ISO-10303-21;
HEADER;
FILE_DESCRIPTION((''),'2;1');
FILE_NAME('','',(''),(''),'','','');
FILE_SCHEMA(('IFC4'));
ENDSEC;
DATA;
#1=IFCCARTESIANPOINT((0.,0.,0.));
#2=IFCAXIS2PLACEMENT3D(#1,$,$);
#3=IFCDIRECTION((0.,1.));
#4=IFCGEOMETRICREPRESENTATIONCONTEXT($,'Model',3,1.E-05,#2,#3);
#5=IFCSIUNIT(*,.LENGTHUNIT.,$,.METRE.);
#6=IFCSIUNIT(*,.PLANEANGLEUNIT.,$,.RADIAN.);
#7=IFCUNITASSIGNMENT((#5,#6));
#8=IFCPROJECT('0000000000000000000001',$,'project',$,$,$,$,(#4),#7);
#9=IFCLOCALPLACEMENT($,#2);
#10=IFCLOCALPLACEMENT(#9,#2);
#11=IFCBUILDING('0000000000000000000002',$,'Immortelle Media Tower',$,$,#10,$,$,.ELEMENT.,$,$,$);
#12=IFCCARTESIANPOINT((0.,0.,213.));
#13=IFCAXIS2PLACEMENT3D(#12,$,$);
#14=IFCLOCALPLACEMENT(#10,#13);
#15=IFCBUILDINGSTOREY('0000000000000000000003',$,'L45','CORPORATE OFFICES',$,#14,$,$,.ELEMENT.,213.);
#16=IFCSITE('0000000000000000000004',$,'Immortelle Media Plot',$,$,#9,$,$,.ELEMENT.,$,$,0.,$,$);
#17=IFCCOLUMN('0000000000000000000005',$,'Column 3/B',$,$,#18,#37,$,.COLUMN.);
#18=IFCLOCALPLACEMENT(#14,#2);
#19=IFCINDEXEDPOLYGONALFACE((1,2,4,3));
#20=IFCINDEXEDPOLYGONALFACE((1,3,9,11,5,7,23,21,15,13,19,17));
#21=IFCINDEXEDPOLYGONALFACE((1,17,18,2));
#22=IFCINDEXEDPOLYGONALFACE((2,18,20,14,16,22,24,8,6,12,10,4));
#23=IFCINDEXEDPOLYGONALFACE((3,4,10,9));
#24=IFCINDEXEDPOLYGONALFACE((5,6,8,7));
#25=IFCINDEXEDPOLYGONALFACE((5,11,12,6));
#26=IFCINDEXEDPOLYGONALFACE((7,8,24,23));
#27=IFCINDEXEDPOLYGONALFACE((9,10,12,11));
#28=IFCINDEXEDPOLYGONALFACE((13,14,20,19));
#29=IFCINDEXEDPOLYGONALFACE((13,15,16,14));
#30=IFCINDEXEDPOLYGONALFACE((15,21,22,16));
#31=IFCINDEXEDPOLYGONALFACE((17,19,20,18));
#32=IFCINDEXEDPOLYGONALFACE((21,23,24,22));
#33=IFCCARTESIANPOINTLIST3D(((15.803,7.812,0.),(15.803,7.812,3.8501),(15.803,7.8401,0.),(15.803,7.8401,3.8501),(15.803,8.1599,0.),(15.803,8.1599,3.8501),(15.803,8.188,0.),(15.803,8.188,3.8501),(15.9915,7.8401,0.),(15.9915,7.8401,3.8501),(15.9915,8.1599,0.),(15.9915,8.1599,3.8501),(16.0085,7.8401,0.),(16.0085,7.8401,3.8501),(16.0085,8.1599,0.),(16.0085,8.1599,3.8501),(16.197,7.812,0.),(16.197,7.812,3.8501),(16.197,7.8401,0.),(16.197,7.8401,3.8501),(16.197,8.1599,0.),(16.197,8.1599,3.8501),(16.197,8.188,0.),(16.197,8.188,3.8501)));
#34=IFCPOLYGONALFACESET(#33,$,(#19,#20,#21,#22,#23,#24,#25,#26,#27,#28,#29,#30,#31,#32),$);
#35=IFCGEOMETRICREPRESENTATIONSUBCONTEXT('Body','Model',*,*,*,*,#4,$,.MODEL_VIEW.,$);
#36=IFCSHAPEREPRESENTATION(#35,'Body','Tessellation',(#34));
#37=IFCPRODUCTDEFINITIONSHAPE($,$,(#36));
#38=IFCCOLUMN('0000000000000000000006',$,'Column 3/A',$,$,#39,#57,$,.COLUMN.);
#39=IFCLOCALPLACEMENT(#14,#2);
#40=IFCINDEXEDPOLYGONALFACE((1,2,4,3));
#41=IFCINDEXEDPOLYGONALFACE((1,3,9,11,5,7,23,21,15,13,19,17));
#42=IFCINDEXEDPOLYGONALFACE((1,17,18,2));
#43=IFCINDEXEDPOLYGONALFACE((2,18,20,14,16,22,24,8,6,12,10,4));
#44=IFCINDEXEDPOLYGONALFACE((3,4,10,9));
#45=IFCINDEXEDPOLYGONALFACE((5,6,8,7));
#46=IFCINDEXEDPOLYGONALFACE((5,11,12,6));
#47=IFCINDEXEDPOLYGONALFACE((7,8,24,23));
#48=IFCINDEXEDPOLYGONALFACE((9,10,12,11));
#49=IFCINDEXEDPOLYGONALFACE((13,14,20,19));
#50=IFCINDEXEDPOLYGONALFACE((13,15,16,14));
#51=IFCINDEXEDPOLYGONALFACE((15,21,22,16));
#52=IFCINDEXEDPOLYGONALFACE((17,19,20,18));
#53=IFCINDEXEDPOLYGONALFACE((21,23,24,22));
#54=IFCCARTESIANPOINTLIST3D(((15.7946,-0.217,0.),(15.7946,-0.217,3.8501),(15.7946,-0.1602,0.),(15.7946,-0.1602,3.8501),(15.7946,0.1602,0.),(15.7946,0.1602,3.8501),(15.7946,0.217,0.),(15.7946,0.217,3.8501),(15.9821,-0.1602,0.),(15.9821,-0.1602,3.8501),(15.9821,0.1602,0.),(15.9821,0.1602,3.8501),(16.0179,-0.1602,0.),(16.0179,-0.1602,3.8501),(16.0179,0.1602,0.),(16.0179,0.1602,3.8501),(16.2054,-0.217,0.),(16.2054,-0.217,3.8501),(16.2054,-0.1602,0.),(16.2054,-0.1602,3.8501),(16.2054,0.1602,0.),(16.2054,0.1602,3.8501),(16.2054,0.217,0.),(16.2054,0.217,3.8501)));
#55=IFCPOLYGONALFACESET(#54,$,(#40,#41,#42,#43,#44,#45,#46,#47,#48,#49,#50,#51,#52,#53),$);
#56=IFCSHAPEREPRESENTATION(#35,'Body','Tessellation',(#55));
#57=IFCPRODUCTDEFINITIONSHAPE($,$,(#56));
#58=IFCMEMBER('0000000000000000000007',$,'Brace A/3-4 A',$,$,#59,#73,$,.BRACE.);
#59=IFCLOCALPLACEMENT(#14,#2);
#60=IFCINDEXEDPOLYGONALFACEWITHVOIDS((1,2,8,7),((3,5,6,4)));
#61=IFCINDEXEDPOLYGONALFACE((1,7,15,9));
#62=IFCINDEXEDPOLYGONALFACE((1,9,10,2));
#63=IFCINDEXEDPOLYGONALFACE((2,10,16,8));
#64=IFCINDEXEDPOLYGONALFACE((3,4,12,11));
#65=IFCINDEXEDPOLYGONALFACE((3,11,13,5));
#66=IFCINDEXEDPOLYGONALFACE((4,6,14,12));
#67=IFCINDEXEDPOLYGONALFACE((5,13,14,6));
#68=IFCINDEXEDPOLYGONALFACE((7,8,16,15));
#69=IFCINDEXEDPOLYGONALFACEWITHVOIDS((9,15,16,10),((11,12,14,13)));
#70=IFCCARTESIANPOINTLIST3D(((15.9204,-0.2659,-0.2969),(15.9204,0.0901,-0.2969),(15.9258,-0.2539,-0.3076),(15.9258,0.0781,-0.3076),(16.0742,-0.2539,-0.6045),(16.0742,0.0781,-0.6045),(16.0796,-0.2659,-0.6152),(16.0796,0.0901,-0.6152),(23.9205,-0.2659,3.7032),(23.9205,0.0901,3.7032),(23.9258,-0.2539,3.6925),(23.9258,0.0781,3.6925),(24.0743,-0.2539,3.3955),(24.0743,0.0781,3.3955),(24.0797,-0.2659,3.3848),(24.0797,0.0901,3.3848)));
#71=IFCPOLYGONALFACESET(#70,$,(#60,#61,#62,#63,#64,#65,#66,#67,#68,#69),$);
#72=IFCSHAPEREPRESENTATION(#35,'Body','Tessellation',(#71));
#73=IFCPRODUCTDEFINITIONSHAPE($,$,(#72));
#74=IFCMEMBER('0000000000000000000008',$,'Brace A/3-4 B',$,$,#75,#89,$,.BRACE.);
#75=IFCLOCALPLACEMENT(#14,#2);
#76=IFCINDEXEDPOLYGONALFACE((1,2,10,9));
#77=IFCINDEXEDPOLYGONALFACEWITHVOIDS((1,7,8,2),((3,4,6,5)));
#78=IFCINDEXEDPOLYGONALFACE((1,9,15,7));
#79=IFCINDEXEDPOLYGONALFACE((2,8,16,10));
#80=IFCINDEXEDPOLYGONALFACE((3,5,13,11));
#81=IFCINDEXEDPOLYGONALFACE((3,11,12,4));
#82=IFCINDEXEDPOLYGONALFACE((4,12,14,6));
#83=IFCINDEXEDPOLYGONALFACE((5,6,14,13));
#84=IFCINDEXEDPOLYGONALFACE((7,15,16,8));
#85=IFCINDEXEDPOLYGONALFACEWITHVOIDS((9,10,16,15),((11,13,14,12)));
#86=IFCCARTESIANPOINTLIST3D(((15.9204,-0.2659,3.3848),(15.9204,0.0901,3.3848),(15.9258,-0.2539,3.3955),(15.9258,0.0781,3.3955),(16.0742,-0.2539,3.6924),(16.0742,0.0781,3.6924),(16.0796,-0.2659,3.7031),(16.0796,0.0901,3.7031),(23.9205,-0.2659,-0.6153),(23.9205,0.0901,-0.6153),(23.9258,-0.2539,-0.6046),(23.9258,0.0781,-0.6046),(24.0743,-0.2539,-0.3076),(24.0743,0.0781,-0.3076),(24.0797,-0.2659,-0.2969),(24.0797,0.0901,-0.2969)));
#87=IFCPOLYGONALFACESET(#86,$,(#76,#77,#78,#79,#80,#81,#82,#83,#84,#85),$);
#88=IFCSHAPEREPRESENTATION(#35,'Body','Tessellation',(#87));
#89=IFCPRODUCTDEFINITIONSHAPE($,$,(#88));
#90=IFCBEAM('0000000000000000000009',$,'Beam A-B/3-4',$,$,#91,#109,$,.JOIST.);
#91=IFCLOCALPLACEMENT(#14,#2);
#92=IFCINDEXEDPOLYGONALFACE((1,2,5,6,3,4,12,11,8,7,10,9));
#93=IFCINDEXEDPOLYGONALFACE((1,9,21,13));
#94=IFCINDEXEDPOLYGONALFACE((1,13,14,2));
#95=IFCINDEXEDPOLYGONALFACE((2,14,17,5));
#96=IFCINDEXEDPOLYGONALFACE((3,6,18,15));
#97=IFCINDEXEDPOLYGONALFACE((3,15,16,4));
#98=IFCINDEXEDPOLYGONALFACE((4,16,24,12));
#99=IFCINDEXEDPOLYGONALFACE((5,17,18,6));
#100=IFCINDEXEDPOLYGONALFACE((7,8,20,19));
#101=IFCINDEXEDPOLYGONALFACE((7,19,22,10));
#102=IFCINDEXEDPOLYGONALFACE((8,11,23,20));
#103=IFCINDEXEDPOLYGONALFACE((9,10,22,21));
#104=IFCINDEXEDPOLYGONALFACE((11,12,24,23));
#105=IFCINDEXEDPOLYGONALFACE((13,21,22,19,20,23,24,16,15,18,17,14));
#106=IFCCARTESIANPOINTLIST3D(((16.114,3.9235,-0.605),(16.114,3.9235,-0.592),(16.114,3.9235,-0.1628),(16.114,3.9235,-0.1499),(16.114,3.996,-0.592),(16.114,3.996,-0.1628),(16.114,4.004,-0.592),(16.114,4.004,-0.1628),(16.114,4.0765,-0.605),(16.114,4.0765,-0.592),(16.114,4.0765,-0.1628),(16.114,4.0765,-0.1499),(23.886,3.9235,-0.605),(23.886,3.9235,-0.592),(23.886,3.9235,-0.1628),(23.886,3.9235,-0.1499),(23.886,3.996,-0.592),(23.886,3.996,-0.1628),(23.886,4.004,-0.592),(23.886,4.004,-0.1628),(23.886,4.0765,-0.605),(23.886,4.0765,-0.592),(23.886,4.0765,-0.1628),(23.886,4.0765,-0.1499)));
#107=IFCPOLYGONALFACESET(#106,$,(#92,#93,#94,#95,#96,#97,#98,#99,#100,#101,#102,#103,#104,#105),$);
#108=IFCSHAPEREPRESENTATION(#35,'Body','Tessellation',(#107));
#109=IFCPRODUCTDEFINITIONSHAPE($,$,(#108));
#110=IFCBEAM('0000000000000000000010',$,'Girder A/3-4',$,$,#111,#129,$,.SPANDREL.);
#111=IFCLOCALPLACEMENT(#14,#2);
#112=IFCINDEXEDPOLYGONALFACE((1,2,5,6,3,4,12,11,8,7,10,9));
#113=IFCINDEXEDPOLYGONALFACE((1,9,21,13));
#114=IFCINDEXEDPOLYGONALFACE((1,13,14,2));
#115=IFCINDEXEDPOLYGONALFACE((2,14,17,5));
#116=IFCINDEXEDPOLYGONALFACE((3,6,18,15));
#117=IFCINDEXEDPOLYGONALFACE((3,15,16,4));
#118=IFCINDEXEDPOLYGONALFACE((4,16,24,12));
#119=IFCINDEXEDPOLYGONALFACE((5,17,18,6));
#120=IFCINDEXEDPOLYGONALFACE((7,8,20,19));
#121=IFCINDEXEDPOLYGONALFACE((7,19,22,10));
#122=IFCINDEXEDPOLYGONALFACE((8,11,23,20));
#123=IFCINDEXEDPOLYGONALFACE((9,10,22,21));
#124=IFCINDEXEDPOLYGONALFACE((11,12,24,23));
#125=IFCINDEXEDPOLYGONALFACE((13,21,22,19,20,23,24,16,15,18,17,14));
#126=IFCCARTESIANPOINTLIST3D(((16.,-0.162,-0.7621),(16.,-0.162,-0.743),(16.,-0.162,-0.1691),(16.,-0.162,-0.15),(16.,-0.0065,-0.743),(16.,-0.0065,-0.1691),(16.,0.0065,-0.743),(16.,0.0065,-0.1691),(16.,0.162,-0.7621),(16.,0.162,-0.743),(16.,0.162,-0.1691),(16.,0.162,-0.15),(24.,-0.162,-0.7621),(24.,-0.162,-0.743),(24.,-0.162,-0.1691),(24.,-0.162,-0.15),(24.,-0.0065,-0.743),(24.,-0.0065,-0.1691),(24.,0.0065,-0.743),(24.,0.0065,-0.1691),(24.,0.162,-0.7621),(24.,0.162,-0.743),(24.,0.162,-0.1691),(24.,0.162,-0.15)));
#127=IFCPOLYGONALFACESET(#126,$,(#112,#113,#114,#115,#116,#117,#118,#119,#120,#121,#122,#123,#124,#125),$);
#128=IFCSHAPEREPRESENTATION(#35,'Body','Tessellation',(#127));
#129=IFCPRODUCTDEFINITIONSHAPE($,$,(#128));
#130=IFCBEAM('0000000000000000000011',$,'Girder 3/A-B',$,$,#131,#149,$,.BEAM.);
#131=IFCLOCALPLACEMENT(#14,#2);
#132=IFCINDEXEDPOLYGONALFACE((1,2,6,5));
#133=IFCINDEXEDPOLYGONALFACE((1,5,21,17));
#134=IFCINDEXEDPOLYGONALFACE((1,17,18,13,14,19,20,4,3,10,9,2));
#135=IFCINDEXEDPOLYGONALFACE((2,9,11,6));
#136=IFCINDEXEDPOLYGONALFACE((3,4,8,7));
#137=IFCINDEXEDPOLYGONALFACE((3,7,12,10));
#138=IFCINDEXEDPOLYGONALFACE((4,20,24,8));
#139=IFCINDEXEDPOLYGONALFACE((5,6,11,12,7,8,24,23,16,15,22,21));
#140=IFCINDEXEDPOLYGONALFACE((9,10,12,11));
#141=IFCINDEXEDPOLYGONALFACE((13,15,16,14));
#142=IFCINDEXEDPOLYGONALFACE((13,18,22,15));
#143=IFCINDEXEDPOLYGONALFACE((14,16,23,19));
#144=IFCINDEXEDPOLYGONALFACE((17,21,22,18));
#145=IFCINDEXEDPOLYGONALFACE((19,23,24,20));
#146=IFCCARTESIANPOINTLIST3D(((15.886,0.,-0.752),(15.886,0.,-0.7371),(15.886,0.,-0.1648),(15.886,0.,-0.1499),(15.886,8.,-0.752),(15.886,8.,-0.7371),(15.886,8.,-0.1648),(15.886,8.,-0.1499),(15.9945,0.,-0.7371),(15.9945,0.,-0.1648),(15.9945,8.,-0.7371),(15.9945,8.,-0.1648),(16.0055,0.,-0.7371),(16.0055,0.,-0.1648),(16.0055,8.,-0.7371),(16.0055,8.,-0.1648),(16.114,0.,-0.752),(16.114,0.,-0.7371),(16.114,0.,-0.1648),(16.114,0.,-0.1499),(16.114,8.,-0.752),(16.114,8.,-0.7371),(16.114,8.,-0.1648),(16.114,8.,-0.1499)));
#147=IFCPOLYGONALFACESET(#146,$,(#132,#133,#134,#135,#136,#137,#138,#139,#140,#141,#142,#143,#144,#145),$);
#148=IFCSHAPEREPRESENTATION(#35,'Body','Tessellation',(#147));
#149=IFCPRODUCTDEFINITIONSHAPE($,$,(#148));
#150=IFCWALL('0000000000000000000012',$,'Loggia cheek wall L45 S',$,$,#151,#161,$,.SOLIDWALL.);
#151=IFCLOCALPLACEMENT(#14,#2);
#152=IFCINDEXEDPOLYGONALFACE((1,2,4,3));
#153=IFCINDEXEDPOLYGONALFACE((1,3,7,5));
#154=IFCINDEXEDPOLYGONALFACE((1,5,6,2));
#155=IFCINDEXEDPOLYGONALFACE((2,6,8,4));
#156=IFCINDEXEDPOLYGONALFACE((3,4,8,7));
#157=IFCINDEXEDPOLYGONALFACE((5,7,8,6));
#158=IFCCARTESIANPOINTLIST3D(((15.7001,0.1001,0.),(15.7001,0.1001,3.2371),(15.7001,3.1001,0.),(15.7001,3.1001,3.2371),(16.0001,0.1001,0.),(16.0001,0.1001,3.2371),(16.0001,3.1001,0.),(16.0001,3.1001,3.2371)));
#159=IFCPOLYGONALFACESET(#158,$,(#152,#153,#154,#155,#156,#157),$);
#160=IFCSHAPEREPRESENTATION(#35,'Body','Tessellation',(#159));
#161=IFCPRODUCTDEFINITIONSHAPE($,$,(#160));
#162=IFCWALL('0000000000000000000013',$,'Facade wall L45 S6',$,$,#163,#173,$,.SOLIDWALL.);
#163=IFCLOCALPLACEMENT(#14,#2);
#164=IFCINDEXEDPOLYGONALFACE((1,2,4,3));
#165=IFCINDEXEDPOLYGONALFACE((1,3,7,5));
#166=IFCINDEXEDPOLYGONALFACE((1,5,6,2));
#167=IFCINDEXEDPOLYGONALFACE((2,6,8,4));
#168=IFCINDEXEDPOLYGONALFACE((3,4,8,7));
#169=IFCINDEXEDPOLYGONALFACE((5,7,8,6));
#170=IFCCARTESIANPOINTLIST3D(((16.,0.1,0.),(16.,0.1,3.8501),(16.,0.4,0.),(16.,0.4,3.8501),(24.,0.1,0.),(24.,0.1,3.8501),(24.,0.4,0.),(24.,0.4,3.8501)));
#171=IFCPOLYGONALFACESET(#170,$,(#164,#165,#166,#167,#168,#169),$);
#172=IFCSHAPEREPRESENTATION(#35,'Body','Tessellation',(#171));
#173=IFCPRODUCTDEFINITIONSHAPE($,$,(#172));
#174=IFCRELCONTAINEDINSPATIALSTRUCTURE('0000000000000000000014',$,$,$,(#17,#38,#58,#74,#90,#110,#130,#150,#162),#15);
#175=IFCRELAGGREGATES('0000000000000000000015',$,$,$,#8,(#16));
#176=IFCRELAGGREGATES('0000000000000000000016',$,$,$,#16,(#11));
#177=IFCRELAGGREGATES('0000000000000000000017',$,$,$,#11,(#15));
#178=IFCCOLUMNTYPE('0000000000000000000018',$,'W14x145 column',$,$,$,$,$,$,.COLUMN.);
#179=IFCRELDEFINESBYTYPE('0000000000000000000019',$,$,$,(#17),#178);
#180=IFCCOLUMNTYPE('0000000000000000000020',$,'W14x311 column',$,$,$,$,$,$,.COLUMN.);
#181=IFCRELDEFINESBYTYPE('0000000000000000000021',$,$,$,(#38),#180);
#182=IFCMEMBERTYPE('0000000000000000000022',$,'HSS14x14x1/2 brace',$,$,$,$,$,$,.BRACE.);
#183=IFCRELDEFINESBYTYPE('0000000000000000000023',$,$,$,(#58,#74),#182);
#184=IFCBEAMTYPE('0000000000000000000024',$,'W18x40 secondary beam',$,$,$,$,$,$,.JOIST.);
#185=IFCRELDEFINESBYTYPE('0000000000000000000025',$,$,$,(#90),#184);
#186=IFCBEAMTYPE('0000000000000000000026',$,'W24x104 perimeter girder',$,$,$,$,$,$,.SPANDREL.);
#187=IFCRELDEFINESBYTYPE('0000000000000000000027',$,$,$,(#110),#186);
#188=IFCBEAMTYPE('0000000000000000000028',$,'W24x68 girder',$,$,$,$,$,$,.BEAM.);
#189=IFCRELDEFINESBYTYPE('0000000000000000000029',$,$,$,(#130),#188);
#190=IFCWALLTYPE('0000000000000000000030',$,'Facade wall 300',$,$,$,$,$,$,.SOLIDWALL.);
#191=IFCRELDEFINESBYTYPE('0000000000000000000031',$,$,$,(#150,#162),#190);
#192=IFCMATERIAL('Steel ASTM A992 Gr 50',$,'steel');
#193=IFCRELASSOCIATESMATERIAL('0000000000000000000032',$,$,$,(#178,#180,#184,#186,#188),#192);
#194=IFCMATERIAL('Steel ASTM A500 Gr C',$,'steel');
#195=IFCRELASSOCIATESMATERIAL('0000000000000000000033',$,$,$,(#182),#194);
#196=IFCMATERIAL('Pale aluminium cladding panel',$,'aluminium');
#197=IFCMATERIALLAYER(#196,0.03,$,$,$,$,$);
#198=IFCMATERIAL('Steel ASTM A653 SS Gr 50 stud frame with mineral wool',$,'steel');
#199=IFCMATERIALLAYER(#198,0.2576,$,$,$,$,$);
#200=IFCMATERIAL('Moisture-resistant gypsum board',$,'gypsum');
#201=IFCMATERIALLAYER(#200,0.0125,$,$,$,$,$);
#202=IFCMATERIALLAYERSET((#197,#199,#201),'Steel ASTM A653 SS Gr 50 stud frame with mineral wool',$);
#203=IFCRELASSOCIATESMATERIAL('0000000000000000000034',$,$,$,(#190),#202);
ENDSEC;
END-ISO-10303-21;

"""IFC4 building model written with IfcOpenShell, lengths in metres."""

from ifc_helpers import new_model, si_unit, direction, frame, frame_2d, origin, origin_2d, place, context, subcontext, project, spatial, rectangle, hollow_rectangle, i_section, extrude, material, layer, layer_set, material_profile, profile_set, type_object, element, save


model = new_model("IFC4")

# Units and contexts
model_context = context("Model", 3, precision=1e-05, world=origin(), true_north=direction((0.0, 1.0)))
body_context = subcontext(model_context, "Body", "Model", "MODEL_VIEW")
ifc_project = project(units=[si_unit("LENGTHUNIT", "METRE"), si_unit("PLANEANGLEUNIT", "RADIAN")], contexts=[model_context])

# Site, building, storey
site_placement = place(None, origin())
site = spatial("IfcSite", under=ifc_project, at=site_placement, Name="Immortelle Media Plot", CompositionType="ELEMENT", RefElevation=0.0)
building_placement = place(site_placement, origin())
building = spatial("IfcBuilding", under=site, at=building_placement, Name="Immortelle Media Tower", CompositionType="ELEMENT")
storey_placement = place(building_placement, frame((0.0, 0.0, 213.0)))
storey = spatial("IfcBuildingStorey", under=building, at=storey_placement, Name="L45", Description="CORPORATE OFFICES", CompositionType="ELEMENT", Elevation=213.0)

# Columns
ifc_material_1 = material(Name="Steel ASTM A992 Gr 50", Category="steel")
ifc_material_profile_1 = material_profile(ifc_material_1, i_section(OverallWidth=0.394, OverallDepth=0.376, WebThickness=0.0171, FlangeThickness=0.0281, at=origin_2d()), Name="W14x145")
ifc_profile_set_1 = profile_set([ifc_material_profile_1], Name="Steel ASTM A992 Gr 50")
column_type_1 = type_object("IfcColumnType", Name="W14x145 column", PredefinedType="COLUMN", material=ifc_profile_set_1)
column_1_placement = place(storey_placement, frame((16.0, 8.0, 0.0), z_axis=(0.0, 0.0, 1.0), x_axis=(1.0, 0.0, 0.0)))
element("IfcColumn", 1, at=column_1_placement, inside=storey, type_object=column_type_1, Name="Column 3/B", PredefinedType="COLUMN", context=body_context, shape_type="SweptSolid", body=[
    extrude(i_section(OverallWidth=0.394, OverallDepth=0.376, WebThickness=0.0171, FlangeThickness=0.0281, at=origin_2d()), origin(), (0.0, 0.0, 1.0), 3.8501),
])
ifc_material_profile_2 = material_profile(ifc_material_1, i_section(OverallWidth=0.4109, OverallDepth=0.4341, WebThickness=0.0359, FlangeThickness=0.0569, at=origin_2d()), Name="W14x311")
ifc_profile_set_2 = profile_set([ifc_material_profile_2], Name="Steel ASTM A992 Gr 50")
column_type_2 = type_object("IfcColumnType", Name="W14x311 column", PredefinedType="COLUMN", material=ifc_profile_set_2)
column_2_placement = place(storey_placement, frame((16.0, 0.0, 0.0), z_axis=(0.0, 0.0, 1.0), x_axis=(1.0, 0.0, 0.0)))
element("IfcColumn", 2, at=column_2_placement, inside=storey, type_object=column_type_2, Name="Column 3/A", PredefinedType="COLUMN", context=body_context, shape_type="SweptSolid", body=[
    extrude(i_section(OverallWidth=0.4109, OverallDepth=0.4341, WebThickness=0.0359, FlangeThickness=0.0569, at=origin_2d()), origin(), (0.0, 0.0, 1.0), 3.8501),
])

# Members
ifc_material_2 = material(Name="Steel ASTM A500 Gr C", Category="steel")
ifc_material_profile_3 = material_profile(ifc_material_2, hollow_rectangle(XDim=0.356, YDim=0.356, WallThickness=0.012, at=origin_2d()), Name="HSS14x14x1/2 brace")
ifc_profile_set_3 = profile_set([ifc_material_profile_3], Name="Steel ASTM A500 Gr C")
member_type = type_object("IfcMemberType", Name="HSS14x14x1/2 brace", PredefinedType="BRACE", material=ifc_profile_set_3)
for number, where, z_axis, x_axis, name in (
    (3, (16.0, -0.0879, -0.4561), (0.894427, 0.0, 0.447214), (0.0, 1.0, 0.0), "Brace A/3-4 A"),
    (4, (16.0, -0.0879, 3.5439), (0.894427, 0.0, -0.447214), (0.0, 1.0, 0.0), "Brace A/3-4 B"),
):
    element("IfcMember", number, at=place(storey_placement, frame(where, z_axis=z_axis, x_axis=x_axis)), inside=storey, type_object=member_type, Name=name, PredefinedType="BRACE", context=body_context, shape_type="SweptSolid", body=[
        extrude(hollow_rectangle(XDim=0.356, YDim=0.356, WallThickness=0.012, at=origin_2d()), origin(), (0.0, 0.0, 1.0), 8.9443),
    ])

# Beams
ifc_material_profile_4 = material_profile(ifc_material_1, i_section(OverallWidth=0.1531, OverallDepth=0.4551, WebThickness=0.0081, FlangeThickness=0.0129, at=origin_2d()), Name="W18x40")
ifc_profile_set_4 = profile_set([ifc_material_profile_4], Name="Steel ASTM A992 Gr 50")
beam_type_1 = type_object("IfcBeamType", Name="W18x40 secondary beam", PredefinedType="JOIST", material=ifc_profile_set_4)
beam_1_placement = place(storey_placement, frame((16.114, 4.0, -0.3774), z_axis=(1.0, 0.0, 0.0), x_axis=(0.0, 1.0, 0.0)))
element("IfcBeam", 5, at=beam_1_placement, inside=storey, type_object=beam_type_1, Name="Beam A-B/3-4", PredefinedType="JOIST", context=body_context, shape_type="SweptSolid", body=[
    extrude(i_section(OverallWidth=0.1531, OverallDepth=0.4551, WebThickness=0.0081, FlangeThickness=0.0129, at=origin_2d()), origin(), (0.0, 0.0, 1.0), 7.772),
])
ifc_material_profile_5 = material_profile(ifc_material_1, i_section(OverallWidth=0.324, OverallDepth=0.6121, WebThickness=0.0129, FlangeThickness=0.019, at=origin_2d()), Name="W24x104")
ifc_profile_set_5 = profile_set([ifc_material_profile_5], Name="Steel ASTM A992 Gr 50")
beam_type_2 = type_object("IfcBeamType", Name="W24x104 perimeter girder", PredefinedType="SPANDREL", material=ifc_profile_set_5)
beam_2_placement = place(storey_placement, frame((16.0, 0.0, -0.4561), z_axis=(1.0, 0.0, 0.0), x_axis=(0.0, 1.0, 0.0)))
element("IfcBeam", 6, at=beam_2_placement, inside=storey, type_object=beam_type_2, Name="Girder A/3-4", PredefinedType="SPANDREL", context=body_context, shape_type="SweptSolid", body=[
    extrude(i_section(OverallWidth=0.324, OverallDepth=0.6121, WebThickness=0.0129, FlangeThickness=0.019, at=origin_2d()), origin(), (0.0, 0.0, 1.0), 8.0),
])
ifc_material_profile_6 = material_profile(ifc_material_1, i_section(OverallWidth=0.228, OverallDepth=0.6021, WebThickness=0.011, FlangeThickness=0.0149, at=origin_2d()), Name="W24x68")
ifc_profile_set_6 = profile_set([ifc_material_profile_6], Name="Steel ASTM A992 Gr 50")
beam_type_3 = type_object("IfcBeamType", Name="W24x68 girder", PredefinedType="BEAM", material=ifc_profile_set_6)
beam_3_placement = place(storey_placement, frame((16.0, 0.0, -0.4509), z_axis=(0.0, 1.0, 0.0), x_axis=(-1.0, 0.0, 0.0)))
element("IfcBeam", 7, at=beam_3_placement, inside=storey, type_object=beam_type_3, Name="Girder 3/A-B", PredefinedType="BEAM", context=body_context, shape_type="SweptSolid", body=[
    extrude(i_section(OverallWidth=0.228, OverallDepth=0.6021, WebThickness=0.011, FlangeThickness=0.0149, at=origin_2d()), origin(), (0.0, 0.0, 1.0), 8.0),
])

# Shared definitions
ifc_material_3 = material(Name="Pale aluminium cladding panel", Category="aluminium")
ifc_layer_1 = layer(ifc_material_3, 0.03)
ifc_material_4 = material(Name="Steel ASTM A653 SS Gr 50 stud frame with mineral wool", Category="steel")
ifc_layer_2 = layer(ifc_material_4, 0.2576)
ifc_material_5 = material(Name="Moisture-resistant gypsum board", Category="gypsum")
ifc_layer_3 = layer(ifc_material_5, 0.0125)
ifc_layer_set_1 = layer_set([ifc_layer_1, ifc_layer_2, ifc_layer_3], Name="Steel ASTM A653 SS Gr 50 stud frame with mineral wool")
wall_type_1 = type_object("IfcWallType", Name="Facade wall 300", PredefinedType="SOLIDWALL", material=ifc_layer_set_1)

# Walls
wall_1_placement = place(storey_placement, frame((15.8501, 0.1001, 0.0), z_axis=(0.0, 0.0, 1.0), x_axis=(0.0, 1.0, 0.0)))
element("IfcWall", 8, at=wall_1_placement, inside=storey, type_object=wall_type_1, Name="Loggia cheek wall L45 S", PredefinedType="SOLIDWALL", context=body_context, shape_type="SweptSolid", body=[
    extrude(rectangle(XDim=3.0, YDim=0.3, at=frame_2d((1.5, 0.0))), origin(), (0.0, 0.0, 1.0), 3.2371),
])
wall_2_placement = place(storey_placement, frame((16.0, 0.25, 0.0), z_axis=(0.0, 0.0, 1.0), x_axis=(1.0, 0.0, 0.0)))
element("IfcWall", 9, at=wall_2_placement, inside=storey, type_object=wall_type_1, Name="Facade wall L45 S6", PredefinedType="SOLIDWALL", context=body_context, shape_type="SweptSolid", body=[
    extrude(rectangle(XDim=8.0, YDim=0.3, at=frame_2d((4.0, 0.0))), origin(), (0.0, 0.0, 1.0), 3.8501),
])

save(model, "model.ifc")
